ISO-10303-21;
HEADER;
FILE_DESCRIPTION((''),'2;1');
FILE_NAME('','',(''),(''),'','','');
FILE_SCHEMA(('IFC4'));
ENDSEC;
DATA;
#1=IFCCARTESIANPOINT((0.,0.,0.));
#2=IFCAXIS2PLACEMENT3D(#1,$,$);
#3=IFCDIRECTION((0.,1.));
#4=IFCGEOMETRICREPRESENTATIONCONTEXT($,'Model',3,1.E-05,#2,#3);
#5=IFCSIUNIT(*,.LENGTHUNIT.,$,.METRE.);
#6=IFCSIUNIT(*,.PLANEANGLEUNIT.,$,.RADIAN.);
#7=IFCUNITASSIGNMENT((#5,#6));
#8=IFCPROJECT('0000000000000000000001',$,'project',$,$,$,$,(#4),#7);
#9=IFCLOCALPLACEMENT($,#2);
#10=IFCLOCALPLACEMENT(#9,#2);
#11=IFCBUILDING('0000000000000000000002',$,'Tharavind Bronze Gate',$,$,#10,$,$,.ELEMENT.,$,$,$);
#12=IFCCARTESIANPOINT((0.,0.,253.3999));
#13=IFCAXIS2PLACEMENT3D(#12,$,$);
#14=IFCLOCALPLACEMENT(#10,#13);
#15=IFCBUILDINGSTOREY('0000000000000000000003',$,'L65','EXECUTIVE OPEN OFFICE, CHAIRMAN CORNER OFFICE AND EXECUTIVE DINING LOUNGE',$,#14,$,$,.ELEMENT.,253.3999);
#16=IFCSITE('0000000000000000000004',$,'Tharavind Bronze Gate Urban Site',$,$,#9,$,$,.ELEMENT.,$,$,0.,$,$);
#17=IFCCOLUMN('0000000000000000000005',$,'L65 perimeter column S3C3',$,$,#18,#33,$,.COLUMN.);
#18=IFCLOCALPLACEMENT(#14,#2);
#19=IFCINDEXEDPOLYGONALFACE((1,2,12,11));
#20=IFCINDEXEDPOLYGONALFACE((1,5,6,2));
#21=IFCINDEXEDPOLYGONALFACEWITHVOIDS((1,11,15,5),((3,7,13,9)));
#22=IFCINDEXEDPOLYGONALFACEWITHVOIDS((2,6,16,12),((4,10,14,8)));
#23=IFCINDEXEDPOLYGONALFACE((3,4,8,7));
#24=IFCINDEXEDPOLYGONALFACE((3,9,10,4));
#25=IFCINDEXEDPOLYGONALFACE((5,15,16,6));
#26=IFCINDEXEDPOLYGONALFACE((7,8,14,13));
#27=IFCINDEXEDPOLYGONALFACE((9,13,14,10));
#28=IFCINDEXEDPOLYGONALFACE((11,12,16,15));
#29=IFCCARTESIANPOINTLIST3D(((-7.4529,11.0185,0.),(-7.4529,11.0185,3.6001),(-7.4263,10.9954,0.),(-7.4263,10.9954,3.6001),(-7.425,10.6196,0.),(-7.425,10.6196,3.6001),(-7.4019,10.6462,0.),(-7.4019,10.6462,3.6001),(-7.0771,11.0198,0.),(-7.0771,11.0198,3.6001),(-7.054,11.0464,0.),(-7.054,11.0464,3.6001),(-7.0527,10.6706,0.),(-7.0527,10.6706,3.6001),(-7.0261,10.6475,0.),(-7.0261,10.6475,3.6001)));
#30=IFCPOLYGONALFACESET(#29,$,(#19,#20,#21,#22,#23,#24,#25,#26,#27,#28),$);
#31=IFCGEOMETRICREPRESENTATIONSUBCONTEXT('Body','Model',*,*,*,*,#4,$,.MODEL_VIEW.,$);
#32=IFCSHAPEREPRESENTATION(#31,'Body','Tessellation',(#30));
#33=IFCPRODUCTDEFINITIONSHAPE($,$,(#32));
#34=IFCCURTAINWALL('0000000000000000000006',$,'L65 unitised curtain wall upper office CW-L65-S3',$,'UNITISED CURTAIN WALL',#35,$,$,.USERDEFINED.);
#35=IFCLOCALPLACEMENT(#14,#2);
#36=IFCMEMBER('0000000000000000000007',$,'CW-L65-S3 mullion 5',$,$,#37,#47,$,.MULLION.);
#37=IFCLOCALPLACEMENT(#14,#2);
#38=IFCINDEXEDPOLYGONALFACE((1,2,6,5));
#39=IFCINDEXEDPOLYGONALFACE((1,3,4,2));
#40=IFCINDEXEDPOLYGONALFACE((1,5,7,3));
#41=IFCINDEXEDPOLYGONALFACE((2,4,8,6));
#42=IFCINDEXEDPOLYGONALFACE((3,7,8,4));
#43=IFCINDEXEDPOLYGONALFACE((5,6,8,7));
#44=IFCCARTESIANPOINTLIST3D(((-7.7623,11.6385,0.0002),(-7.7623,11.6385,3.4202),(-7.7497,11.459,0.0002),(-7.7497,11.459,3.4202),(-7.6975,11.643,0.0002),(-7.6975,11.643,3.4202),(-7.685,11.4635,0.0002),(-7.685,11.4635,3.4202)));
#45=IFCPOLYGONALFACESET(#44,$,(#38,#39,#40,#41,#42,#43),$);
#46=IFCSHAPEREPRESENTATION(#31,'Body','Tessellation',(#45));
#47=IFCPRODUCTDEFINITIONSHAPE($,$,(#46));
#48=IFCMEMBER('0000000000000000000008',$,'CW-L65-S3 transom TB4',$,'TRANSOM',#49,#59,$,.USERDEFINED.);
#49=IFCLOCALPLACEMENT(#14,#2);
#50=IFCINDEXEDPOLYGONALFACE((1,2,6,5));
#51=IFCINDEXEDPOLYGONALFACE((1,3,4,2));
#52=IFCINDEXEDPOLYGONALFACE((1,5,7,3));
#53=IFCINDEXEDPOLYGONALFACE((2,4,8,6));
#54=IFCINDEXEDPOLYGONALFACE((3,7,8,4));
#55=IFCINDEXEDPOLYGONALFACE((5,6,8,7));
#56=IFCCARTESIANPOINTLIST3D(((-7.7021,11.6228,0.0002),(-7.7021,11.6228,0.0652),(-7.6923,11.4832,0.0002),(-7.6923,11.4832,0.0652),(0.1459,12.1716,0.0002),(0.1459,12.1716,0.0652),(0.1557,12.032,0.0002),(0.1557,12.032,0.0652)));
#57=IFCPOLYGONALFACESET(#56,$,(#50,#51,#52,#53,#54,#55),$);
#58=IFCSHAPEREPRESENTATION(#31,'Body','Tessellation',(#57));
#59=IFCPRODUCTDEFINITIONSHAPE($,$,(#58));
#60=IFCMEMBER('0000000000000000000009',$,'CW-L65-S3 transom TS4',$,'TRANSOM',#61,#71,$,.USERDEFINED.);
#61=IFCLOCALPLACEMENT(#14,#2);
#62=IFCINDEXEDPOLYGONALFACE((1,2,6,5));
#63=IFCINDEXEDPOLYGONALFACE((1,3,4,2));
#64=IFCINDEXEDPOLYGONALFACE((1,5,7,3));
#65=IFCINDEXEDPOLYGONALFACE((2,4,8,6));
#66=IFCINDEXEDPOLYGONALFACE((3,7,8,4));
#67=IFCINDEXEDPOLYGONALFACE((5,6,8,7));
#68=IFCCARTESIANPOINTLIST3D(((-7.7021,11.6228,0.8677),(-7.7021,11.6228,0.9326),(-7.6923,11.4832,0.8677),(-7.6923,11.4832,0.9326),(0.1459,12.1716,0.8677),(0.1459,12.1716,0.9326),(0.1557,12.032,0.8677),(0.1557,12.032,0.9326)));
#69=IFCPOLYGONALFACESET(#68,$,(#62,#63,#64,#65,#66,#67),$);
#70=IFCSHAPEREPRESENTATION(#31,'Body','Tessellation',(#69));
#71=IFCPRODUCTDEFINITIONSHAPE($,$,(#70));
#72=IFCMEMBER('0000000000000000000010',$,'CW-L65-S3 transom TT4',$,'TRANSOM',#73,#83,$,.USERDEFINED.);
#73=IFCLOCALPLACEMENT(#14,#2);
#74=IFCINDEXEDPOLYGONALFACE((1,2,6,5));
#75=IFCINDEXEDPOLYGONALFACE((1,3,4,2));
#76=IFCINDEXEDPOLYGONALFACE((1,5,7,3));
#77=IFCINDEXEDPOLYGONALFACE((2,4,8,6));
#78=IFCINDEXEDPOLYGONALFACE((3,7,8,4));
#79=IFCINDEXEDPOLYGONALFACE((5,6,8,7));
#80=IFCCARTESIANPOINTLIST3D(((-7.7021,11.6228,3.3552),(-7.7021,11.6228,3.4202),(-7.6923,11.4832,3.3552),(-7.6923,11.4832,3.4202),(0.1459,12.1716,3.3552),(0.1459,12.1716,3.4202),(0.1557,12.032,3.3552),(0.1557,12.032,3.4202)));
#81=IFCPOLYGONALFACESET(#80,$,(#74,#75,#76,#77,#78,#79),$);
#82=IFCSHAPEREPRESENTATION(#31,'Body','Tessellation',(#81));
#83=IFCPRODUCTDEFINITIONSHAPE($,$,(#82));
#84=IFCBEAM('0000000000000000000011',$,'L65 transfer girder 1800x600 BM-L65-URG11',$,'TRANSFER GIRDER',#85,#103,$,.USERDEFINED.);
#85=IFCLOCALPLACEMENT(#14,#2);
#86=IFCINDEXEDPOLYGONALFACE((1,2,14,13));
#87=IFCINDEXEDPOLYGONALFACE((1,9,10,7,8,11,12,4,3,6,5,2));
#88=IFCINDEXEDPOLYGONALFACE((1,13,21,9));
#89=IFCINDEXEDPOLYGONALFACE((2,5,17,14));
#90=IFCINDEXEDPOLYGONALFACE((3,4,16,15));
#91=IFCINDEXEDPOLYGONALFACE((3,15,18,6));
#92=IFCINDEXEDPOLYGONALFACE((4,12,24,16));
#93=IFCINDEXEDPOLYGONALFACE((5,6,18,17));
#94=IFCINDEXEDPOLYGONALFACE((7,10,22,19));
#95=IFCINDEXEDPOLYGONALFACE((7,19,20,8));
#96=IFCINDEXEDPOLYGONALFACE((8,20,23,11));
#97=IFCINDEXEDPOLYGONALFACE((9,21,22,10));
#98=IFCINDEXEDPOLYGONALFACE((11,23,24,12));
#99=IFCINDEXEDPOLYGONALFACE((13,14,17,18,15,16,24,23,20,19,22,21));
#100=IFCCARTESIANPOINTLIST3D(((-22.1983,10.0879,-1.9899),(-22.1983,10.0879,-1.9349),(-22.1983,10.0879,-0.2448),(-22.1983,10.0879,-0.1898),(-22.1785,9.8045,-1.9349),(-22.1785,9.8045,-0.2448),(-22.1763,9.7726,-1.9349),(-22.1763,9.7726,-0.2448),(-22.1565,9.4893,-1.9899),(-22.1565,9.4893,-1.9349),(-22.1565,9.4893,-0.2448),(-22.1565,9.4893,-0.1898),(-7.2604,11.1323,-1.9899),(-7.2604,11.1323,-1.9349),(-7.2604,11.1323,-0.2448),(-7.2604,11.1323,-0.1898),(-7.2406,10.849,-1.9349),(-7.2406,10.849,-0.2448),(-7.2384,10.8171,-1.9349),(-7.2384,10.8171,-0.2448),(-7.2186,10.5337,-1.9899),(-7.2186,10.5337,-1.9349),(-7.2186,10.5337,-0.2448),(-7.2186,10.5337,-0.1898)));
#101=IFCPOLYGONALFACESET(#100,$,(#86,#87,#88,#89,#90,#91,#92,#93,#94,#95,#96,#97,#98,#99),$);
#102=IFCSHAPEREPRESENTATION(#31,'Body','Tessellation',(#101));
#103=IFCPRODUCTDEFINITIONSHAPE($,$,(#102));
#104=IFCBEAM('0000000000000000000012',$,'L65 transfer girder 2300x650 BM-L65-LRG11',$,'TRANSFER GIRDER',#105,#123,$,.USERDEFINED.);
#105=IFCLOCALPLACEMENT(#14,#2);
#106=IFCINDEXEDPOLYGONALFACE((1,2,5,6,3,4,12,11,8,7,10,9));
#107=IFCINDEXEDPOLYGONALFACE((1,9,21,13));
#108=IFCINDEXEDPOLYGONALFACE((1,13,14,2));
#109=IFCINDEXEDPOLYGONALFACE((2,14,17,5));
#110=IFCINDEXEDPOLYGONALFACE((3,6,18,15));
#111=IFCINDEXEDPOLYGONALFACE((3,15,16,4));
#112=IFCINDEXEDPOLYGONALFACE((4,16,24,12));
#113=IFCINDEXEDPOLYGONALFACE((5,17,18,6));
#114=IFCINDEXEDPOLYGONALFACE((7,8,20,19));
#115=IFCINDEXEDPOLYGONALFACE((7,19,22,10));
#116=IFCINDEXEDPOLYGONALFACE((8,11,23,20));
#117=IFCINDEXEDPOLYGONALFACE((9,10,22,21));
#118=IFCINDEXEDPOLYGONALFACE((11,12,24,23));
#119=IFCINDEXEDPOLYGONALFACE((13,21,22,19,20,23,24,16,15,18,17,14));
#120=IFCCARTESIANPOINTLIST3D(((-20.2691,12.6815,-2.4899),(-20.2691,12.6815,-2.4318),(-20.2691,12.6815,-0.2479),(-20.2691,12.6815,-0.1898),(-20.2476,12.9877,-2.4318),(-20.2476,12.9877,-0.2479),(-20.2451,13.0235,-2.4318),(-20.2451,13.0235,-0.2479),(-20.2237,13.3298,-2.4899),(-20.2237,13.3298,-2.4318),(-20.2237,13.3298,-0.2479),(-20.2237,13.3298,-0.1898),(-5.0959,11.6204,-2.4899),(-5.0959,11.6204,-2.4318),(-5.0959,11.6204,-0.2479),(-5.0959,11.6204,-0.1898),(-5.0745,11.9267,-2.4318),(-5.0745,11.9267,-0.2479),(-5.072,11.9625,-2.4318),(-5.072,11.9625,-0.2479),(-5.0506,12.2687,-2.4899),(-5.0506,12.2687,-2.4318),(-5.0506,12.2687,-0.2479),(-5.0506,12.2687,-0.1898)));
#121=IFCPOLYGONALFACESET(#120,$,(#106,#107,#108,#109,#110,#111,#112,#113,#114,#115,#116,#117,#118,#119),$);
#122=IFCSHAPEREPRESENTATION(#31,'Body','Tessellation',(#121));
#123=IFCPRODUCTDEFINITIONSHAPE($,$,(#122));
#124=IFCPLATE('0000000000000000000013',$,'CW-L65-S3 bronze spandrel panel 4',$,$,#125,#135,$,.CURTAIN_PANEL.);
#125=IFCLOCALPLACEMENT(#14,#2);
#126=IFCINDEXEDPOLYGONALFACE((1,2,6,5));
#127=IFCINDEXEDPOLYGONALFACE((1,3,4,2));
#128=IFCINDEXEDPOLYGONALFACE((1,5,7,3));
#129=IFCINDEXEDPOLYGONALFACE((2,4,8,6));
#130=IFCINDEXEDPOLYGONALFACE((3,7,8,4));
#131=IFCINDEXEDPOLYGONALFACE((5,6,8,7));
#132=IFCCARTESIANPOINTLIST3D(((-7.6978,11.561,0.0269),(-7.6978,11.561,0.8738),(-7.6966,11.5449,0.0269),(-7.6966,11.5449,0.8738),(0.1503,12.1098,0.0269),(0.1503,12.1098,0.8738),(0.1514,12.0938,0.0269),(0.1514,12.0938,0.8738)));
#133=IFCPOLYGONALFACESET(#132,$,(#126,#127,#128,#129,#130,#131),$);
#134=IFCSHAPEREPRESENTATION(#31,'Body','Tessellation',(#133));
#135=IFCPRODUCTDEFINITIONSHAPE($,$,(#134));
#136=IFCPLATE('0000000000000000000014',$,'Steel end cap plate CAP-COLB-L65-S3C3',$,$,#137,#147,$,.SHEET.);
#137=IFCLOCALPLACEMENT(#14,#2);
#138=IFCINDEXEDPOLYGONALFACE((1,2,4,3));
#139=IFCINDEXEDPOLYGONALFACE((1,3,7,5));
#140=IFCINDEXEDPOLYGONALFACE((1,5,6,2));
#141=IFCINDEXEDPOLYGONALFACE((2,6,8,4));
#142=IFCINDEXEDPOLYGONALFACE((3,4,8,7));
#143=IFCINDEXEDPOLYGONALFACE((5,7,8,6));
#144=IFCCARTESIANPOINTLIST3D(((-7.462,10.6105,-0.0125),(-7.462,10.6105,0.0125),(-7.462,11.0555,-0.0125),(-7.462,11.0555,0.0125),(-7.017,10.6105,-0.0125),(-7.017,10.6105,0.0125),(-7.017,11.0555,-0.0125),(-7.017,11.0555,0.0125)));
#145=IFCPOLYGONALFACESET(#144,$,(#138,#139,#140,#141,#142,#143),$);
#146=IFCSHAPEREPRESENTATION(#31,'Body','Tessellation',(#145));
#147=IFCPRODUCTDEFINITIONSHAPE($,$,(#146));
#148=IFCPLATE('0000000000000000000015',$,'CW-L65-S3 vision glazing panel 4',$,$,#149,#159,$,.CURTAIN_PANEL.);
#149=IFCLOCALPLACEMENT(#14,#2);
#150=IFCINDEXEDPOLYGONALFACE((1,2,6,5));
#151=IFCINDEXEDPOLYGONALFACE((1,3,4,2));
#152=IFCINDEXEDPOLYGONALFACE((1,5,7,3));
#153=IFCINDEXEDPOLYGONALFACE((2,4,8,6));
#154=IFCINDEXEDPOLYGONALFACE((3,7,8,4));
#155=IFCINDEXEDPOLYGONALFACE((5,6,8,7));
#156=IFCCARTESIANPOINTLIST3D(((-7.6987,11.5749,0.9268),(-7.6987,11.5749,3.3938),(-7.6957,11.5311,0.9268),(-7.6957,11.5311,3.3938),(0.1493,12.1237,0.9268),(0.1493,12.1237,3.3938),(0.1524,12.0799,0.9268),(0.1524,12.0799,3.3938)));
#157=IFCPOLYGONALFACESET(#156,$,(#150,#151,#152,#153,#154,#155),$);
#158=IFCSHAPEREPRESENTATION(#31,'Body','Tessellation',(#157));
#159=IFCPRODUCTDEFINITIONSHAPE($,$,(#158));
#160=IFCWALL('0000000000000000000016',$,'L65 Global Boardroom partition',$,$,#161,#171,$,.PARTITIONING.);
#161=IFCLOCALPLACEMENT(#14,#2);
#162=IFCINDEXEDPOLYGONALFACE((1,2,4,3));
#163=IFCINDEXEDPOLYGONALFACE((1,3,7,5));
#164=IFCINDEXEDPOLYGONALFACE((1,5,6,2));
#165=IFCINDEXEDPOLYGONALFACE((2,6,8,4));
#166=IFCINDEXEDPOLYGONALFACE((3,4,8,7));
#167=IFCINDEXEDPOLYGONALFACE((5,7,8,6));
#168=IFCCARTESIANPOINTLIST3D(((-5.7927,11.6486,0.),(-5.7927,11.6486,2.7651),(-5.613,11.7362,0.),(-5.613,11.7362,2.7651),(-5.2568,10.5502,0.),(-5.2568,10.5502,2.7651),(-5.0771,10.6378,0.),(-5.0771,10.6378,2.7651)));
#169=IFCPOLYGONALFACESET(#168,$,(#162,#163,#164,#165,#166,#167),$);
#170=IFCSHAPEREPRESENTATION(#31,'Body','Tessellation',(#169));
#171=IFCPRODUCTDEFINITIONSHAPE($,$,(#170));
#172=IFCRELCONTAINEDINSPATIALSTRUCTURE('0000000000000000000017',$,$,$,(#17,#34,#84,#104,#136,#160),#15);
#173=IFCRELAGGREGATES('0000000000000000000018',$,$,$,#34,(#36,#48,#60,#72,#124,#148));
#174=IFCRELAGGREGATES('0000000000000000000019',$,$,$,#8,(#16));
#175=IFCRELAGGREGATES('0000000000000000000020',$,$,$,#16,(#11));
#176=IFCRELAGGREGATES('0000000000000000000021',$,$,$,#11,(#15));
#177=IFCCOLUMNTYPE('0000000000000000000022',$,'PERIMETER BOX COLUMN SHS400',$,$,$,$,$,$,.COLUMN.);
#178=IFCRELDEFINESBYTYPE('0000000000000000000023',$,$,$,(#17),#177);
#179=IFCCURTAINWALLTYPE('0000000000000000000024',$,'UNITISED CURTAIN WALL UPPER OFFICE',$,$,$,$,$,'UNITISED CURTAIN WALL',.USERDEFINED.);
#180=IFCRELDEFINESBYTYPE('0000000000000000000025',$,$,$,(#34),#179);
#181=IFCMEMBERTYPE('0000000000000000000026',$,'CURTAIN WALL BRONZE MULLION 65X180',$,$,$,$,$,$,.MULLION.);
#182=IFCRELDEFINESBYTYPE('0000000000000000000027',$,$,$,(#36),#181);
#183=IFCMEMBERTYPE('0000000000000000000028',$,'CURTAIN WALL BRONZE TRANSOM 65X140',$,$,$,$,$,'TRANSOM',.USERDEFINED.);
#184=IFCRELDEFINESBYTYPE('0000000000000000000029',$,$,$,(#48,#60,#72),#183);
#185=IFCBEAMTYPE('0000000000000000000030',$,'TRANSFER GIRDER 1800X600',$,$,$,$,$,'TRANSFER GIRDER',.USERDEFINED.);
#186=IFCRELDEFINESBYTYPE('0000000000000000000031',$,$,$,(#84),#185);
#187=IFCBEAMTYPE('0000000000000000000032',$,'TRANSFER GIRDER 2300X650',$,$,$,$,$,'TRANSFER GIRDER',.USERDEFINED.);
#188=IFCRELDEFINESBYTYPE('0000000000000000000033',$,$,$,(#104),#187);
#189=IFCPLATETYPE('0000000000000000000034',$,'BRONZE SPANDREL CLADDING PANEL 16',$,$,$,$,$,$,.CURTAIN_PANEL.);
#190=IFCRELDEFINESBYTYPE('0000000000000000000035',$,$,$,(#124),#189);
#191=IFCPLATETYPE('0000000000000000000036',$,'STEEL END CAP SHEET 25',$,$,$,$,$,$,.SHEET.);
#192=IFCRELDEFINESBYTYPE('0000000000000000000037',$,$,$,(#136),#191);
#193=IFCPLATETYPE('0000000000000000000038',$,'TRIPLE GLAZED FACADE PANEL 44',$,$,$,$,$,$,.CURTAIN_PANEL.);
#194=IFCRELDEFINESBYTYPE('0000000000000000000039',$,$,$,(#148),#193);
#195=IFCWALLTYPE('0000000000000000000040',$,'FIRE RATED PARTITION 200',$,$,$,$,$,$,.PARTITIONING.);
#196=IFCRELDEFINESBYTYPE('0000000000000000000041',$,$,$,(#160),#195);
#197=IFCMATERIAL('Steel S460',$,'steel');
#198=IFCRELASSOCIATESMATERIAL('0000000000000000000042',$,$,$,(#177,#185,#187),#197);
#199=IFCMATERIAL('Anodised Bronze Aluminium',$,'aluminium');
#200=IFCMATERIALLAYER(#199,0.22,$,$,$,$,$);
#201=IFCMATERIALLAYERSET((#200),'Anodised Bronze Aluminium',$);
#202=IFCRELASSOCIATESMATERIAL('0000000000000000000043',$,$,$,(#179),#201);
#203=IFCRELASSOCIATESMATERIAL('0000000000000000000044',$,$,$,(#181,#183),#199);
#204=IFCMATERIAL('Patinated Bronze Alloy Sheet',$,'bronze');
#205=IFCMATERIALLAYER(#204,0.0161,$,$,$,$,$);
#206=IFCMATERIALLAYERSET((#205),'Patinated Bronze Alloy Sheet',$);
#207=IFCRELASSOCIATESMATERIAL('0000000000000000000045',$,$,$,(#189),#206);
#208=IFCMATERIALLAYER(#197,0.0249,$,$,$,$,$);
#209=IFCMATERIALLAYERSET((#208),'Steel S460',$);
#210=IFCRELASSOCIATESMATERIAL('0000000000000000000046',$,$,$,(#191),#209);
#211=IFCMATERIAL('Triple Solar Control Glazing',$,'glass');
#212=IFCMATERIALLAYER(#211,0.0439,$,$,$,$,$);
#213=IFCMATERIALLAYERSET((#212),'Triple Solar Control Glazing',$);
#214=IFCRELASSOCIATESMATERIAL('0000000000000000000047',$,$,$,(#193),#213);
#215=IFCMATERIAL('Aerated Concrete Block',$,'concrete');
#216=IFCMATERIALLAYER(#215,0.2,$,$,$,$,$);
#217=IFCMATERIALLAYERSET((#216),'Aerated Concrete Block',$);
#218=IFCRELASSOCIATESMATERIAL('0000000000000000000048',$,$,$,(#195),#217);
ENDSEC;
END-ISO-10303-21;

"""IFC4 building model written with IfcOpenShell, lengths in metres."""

from ifc_helpers import new_model, si_unit, direction, frame, frame_2d, origin, origin_2d, place, context, subcontext, project, spatial, rectangle, hollow_rectangle, i_section, extrude, material, layer, layer_set, material_profile, profile_set, type_object, element, aggregate, save


model = new_model("IFC4")

# Units and contexts
model_context = context("Model", 3, precision=1e-05, world=origin(), true_north=direction((0.0, 1.0)))
body_context = subcontext(model_context, "Body", "Model", "MODEL_VIEW")
ifc_project = project(units=[si_unit("LENGTHUNIT", "METRE"), si_unit("PLANEANGLEUNIT", "RADIAN")], contexts=[model_context])

# Site, building, storey
site_placement = place(None, origin())
site = spatial("IfcSite", under=ifc_project, at=site_placement, Name="Tharavind Bronze Gate Urban Site", CompositionType="ELEMENT", RefElevation=0.0)
building_placement = place(site_placement, origin())
building = spatial("IfcBuilding", under=site, at=building_placement, Name="Tharavind Bronze Gate", CompositionType="ELEMENT")
storey_placement = place(building_placement, frame((0.0, 0.0, 253.3999)))
storey = spatial("IfcBuildingStorey", under=building, at=storey_placement, Name="L65", Description="EXECUTIVE OPEN OFFICE, CHAIRMAN CORNER OFFICE AND EXECUTIVE DINING LOUNGE", CompositionType="ELEMENT", Elevation=253.3999)

# Column
ifc_material_1 = material(Name="Steel S460", Category="steel")
ifc_material_profile_1 = material_profile(ifc_material_1, hollow_rectangle(XDim=0.3999, YDim=0.3999, WallThickness=0.0249, at=origin_2d()), Name="SHS400X25")
ifc_profile_set_1 = profile_set([ifc_material_profile_1], Name="Steel S460")
column_type = type_object("IfcColumnType", Name="PERIMETER BOX COLUMN SHS400", PredefinedType="COLUMN", material=ifc_profile_set_1)
column_placement = place(storey_placement, frame((-7.2395, 10.833, 0.0), z_axis=(0.0, 0.0, 1.0), x_axis=(0.997564, 0.069758, 0.0)))
element("IfcColumn", 1, at=column_placement, inside=storey, type_object=column_type, Name="L65 perimeter column S3C3", PredefinedType="COLUMN", context=body_context, shape_type="SweptSolid", body=[
    extrude(hollow_rectangle(XDim=0.3999, YDim=0.3999, WallThickness=0.0249, at=origin_2d()), origin(), (0.0, 0.0, 1.0), 3.6001),
])

# Curtain wall, members
ifc_material_2 = material(Name="Anodised Bronze Aluminium", Category="aluminium")
ifc_layer_1 = layer(ifc_material_2, 0.22)
ifc_layer_set_1 = layer_set([ifc_layer_1], Name="Anodised Bronze Aluminium")
curtain_wall_type = type_object("IfcCurtainWallType", Name="UNITISED CURTAIN WALL UPPER OFFICE", ElementType="UNITISED CURTAIN WALL", PredefinedType="USERDEFINED", material=ifc_layer_set_1)
curtain_wall_placement = place(storey_placement, origin())
curtain_wall = element("IfcCurtainWall", 2, at=curtain_wall_placement, inside=storey, type_object=curtain_wall_type, Name="L65 unitised curtain wall upper office CW-L65-S3", ObjectType="UNITISED CURTAIN WALL", PredefinedType="USERDEFINED")
member_type_1 = type_object("IfcMemberType", Name="CURTAIN WALL BRONZE MULLION 65X180", PredefinedType="MULLION", material=ifc_material_2)
member_1_placement = place(storey_placement, frame((-7.7236, 11.551, 0.0002), z_axis=(0.0, 0.0, 1.0), x_axis=(-0.997564, -0.06976, 0.0)))
member_1 = element("IfcMember", 3, at=member_1_placement, type_object=member_type_1, Name="CW-L65-S3 mullion 5", PredefinedType="MULLION", context=body_context, shape_type="SweptSolid", body=[
    extrude(rectangle(XDim=0.0649, YDim=0.1799, at=origin_2d()), origin(), (0.0, 0.0, 1.0), 3.4199),
])
member_type_2 = type_object("IfcMemberType", Name="CURTAIN WALL BRONZE TRANSOM 65X140", ElementType="TRANSOM", PredefinedType="USERDEFINED", material=ifc_material_2)
member_2_placement = place(storey_placement, frame((-3.7732, 11.8274, 0.0002), z_axis=(0.0, 0.0, 1.0), x_axis=(-0.997564, -0.06976, 0.0)))
member_2 = element("IfcMember", 4, at=member_2_placement, type_object=member_type_2, Name="CW-L65-S3 transom TB4", ObjectType="TRANSOM", PredefinedType="USERDEFINED", context=body_context, shape_type="SweptSolid", body=[
    extrude(rectangle(XDim=7.8672, YDim=0.1399, at=origin_2d()), origin(), (0.0, 0.0, 1.0), 0.0649),
])
member_3_placement = place(storey_placement, frame((-3.7732, 11.8274, 0.8677), z_axis=(0.0, 0.0, 1.0), x_axis=(-0.997564, -0.06976, 0.0)))
member_3 = element("IfcMember", 5, at=member_3_placement, type_object=member_type_2, Name="CW-L65-S3 transom TS4", ObjectType="TRANSOM", PredefinedType="USERDEFINED", context=body_context, shape_type="SweptSolid", body=[
    extrude(rectangle(XDim=7.8672, YDim=0.1399, at=origin_2d()), origin(), (0.0, 0.0, 1.0), 0.0649),
])
member_4_placement = place(storey_placement, frame((-3.7732, 11.8274, 3.3552), z_axis=(0.0, 0.0, 1.0), x_axis=(-0.997564, -0.06976, 0.0)))
member_4 = element("IfcMember", 6, at=member_4_placement, type_object=member_type_2, Name="CW-L65-S3 transom TT4", ObjectType="TRANSOM", PredefinedType="USERDEFINED", context=body_context, shape_type="SweptSolid", body=[
    extrude(rectangle(XDim=7.8672, YDim=0.1399, at=origin_2d()), origin(), (0.0, 0.0, 1.0), 0.0649),
])

# Beams
ifc_material_profile_2 = material_profile(ifc_material_1, i_section(OverallWidth=0.6001, OverallDepth=1.8, WebThickness=0.032, FlangeThickness=0.0549, at=origin_2d()), Name="PG1800X600")
ifc_profile_set_2 = profile_set([ifc_material_profile_2], Name="Steel S460")
beam_type_1 = type_object("IfcBeamType", Name="TRANSFER GIRDER 1800X600", ElementType="TRANSFER GIRDER", PredefinedType="USERDEFINED", material=ifc_profile_set_2)
beam_1_placement = place(storey_placement, frame((-7.2395, 10.833, -1.0898), z_axis=(-0.997565, -0.069748, 0.0), x_axis=(0.069748, -0.997565, 0.0)))
element("IfcBeam", 7, at=beam_1_placement, inside=storey, type_object=beam_type_1, Name="L65 transfer girder 1800x600 BM-L65-URG11", ObjectType="TRANSFER GIRDER", PredefinedType="USERDEFINED", context=body_context, shape_type="SweptSolid", body=[
    extrude(i_section(OverallWidth=0.6001, OverallDepth=1.8, WebThickness=0.032, FlangeThickness=0.0549, at=origin_2d()), origin(), (0.0, 0.0, 1.0), 14.9744),
])
ifc_material_profile_3 = material_profile(ifc_material_1, i_section(OverallWidth=0.6499, OverallDepth=2.3, WebThickness=0.0359, FlangeThickness=0.0581, at=origin_2d()), Name="PG2300X650")
ifc_profile_set_3 = profile_set([ifc_material_profile_3], Name="Steel S460")
beam_type_2 = type_object("IfcBeamType", Name="TRANSFER GIRDER 2300X650", ElementType="TRANSFER GIRDER", PredefinedType="USERDEFINED", material=ifc_profile_set_3)
beam_2_placement = place(storey_placement, frame((-5.0732, 11.9446, -1.3398), z_axis=(-0.997564, 0.069758, 0.0), x_axis=(-0.069758, -0.997564, 0.0)))
element("IfcBeam", 8, at=beam_2_placement, inside=storey, type_object=beam_type_2, Name="L65 transfer girder 2300x650 BM-L65-LRG11", ObjectType="TRANSFER GIRDER", PredefinedType="USERDEFINED", context=body_context, shape_type="SweptSolid", body=[
    extrude(i_section(OverallWidth=0.6499, OverallDepth=2.3, WebThickness=0.0359, FlangeThickness=0.0581, at=origin_2d()), origin(), (0.0, 0.0, 1.0), 15.2102),
])

# Plates
ifc_material_3 = material(Name="Patinated Bronze Alloy Sheet", Category="bronze")
ifc_layer_2 = layer(ifc_material_3, 0.0161)
ifc_layer_set_2 = layer_set([ifc_layer_2], Name="Patinated Bronze Alloy Sheet")
plate_type_1 = type_object("IfcPlateType", Name="BRONZE SPANDREL CLADDING PANEL 16", PredefinedType="CURTAIN_PANEL", material=ifc_layer_set_2)
plate_1_placement = place(storey_placement, frame((-3.7732, 11.8274, 0.0269), z_axis=(0.0, 0.0, 1.0), x_axis=(-0.997564, -0.06976, 0.0)))
plate_1 = element("IfcPlate", 9, at=plate_1_placement, type_object=plate_type_1, Name="CW-L65-S3 bronze spandrel panel 4", PredefinedType="CURTAIN_PANEL", context=body_context, shape_type="SweptSolid", body=[
    extrude(rectangle(XDim=7.8672, YDim=0.0161, at=origin_2d()), origin(), (0.0, 0.0, 1.0), 0.8469),
])
ifc_layer_3 = layer(ifc_material_1, 0.0249)
ifc_layer_set_3 = layer_set([ifc_layer_3], Name="Steel S460")
plate_type_2 = type_object("IfcPlateType", Name="STEEL END CAP SHEET 25", PredefinedType="SHEET", material=ifc_layer_set_3)
plate_2_placement = place(storey_placement, frame((-7.2395, 10.833, -0.0125), z_axis=(0.0, 0.0, 1.0), x_axis=(1.0, 0.0, 0.0)))
element("IfcPlate", 10, at=plate_2_placement, inside=storey, type_object=plate_type_2, Name="Steel end cap plate CAP-COLB-L65-S3C3", PredefinedType="SHEET", context=body_context, shape_type="SweptSolid", body=[
    extrude(rectangle(XDim=0.4451, YDim=0.4451, at=origin_2d()), origin(), (0.0, 0.0, 1.0), 0.0249),
])
ifc_material_4 = material(Name="Triple Solar Control Glazing", Category="glass")
ifc_layer_4 = layer(ifc_material_4, 0.0439)
ifc_layer_set_4 = layer_set([ifc_layer_4], Name="Triple Solar Control Glazing")
plate_type_3 = type_object("IfcPlateType", Name="TRIPLE GLAZED FACADE PANEL 44", PredefinedType="CURTAIN_PANEL", material=ifc_layer_set_4)
plate_3_placement = place(storey_placement, frame((-3.7732, 11.8274, 0.9268), z_axis=(0.0, 0.0, 1.0), x_axis=(-0.997564, -0.06976, 0.0)))
plate_3 = element("IfcPlate", 11, at=plate_3_placement, type_object=plate_type_3, Name="CW-L65-S3 vision glazing panel 4", PredefinedType="CURTAIN_PANEL", context=body_context, shape_type="SweptSolid", body=[
    extrude(rectangle(XDim=7.8672, YDim=0.0439, at=origin_2d()), origin(), (0.0, 0.0, 1.0), 2.467),
])
aggregate(curtain_wall, [member_1, member_2, member_3, member_4, plate_1, plate_3])

# Wall
ifc_material_5 = material(Name="Aerated Concrete Block", Category="concrete")
ifc_layer_5 = layer(ifc_material_5, 0.2)
ifc_layer_set_5 = layer_set([ifc_layer_5], Name="Aerated Concrete Block")
wall_type_1 = type_object("IfcWallType", Name="FIRE RATED PARTITION 200", PredefinedType="PARTITIONING", material=ifc_layer_set_5)
wall_1_placement = place(storey_placement, frame((-5.167, 10.594, 0.0), z_axis=(0.0, 0.0, 1.0), x_axis=(-0.438483, 0.89874, 0.0)))
element("IfcWall", 12, at=wall_1_placement, inside=storey, type_object=wall_type_1, Name="L65 Global Boardroom partition", PredefinedType="PARTITIONING", context=body_context, shape_type="SweptSolid", body=[
    extrude(rectangle(XDim=1.2222, YDim=0.2, at=frame_2d((0.6111, 0.0))), origin(), (0.0, 0.0, 1.0), 2.7651),
])

save(model, "model.ifc")
